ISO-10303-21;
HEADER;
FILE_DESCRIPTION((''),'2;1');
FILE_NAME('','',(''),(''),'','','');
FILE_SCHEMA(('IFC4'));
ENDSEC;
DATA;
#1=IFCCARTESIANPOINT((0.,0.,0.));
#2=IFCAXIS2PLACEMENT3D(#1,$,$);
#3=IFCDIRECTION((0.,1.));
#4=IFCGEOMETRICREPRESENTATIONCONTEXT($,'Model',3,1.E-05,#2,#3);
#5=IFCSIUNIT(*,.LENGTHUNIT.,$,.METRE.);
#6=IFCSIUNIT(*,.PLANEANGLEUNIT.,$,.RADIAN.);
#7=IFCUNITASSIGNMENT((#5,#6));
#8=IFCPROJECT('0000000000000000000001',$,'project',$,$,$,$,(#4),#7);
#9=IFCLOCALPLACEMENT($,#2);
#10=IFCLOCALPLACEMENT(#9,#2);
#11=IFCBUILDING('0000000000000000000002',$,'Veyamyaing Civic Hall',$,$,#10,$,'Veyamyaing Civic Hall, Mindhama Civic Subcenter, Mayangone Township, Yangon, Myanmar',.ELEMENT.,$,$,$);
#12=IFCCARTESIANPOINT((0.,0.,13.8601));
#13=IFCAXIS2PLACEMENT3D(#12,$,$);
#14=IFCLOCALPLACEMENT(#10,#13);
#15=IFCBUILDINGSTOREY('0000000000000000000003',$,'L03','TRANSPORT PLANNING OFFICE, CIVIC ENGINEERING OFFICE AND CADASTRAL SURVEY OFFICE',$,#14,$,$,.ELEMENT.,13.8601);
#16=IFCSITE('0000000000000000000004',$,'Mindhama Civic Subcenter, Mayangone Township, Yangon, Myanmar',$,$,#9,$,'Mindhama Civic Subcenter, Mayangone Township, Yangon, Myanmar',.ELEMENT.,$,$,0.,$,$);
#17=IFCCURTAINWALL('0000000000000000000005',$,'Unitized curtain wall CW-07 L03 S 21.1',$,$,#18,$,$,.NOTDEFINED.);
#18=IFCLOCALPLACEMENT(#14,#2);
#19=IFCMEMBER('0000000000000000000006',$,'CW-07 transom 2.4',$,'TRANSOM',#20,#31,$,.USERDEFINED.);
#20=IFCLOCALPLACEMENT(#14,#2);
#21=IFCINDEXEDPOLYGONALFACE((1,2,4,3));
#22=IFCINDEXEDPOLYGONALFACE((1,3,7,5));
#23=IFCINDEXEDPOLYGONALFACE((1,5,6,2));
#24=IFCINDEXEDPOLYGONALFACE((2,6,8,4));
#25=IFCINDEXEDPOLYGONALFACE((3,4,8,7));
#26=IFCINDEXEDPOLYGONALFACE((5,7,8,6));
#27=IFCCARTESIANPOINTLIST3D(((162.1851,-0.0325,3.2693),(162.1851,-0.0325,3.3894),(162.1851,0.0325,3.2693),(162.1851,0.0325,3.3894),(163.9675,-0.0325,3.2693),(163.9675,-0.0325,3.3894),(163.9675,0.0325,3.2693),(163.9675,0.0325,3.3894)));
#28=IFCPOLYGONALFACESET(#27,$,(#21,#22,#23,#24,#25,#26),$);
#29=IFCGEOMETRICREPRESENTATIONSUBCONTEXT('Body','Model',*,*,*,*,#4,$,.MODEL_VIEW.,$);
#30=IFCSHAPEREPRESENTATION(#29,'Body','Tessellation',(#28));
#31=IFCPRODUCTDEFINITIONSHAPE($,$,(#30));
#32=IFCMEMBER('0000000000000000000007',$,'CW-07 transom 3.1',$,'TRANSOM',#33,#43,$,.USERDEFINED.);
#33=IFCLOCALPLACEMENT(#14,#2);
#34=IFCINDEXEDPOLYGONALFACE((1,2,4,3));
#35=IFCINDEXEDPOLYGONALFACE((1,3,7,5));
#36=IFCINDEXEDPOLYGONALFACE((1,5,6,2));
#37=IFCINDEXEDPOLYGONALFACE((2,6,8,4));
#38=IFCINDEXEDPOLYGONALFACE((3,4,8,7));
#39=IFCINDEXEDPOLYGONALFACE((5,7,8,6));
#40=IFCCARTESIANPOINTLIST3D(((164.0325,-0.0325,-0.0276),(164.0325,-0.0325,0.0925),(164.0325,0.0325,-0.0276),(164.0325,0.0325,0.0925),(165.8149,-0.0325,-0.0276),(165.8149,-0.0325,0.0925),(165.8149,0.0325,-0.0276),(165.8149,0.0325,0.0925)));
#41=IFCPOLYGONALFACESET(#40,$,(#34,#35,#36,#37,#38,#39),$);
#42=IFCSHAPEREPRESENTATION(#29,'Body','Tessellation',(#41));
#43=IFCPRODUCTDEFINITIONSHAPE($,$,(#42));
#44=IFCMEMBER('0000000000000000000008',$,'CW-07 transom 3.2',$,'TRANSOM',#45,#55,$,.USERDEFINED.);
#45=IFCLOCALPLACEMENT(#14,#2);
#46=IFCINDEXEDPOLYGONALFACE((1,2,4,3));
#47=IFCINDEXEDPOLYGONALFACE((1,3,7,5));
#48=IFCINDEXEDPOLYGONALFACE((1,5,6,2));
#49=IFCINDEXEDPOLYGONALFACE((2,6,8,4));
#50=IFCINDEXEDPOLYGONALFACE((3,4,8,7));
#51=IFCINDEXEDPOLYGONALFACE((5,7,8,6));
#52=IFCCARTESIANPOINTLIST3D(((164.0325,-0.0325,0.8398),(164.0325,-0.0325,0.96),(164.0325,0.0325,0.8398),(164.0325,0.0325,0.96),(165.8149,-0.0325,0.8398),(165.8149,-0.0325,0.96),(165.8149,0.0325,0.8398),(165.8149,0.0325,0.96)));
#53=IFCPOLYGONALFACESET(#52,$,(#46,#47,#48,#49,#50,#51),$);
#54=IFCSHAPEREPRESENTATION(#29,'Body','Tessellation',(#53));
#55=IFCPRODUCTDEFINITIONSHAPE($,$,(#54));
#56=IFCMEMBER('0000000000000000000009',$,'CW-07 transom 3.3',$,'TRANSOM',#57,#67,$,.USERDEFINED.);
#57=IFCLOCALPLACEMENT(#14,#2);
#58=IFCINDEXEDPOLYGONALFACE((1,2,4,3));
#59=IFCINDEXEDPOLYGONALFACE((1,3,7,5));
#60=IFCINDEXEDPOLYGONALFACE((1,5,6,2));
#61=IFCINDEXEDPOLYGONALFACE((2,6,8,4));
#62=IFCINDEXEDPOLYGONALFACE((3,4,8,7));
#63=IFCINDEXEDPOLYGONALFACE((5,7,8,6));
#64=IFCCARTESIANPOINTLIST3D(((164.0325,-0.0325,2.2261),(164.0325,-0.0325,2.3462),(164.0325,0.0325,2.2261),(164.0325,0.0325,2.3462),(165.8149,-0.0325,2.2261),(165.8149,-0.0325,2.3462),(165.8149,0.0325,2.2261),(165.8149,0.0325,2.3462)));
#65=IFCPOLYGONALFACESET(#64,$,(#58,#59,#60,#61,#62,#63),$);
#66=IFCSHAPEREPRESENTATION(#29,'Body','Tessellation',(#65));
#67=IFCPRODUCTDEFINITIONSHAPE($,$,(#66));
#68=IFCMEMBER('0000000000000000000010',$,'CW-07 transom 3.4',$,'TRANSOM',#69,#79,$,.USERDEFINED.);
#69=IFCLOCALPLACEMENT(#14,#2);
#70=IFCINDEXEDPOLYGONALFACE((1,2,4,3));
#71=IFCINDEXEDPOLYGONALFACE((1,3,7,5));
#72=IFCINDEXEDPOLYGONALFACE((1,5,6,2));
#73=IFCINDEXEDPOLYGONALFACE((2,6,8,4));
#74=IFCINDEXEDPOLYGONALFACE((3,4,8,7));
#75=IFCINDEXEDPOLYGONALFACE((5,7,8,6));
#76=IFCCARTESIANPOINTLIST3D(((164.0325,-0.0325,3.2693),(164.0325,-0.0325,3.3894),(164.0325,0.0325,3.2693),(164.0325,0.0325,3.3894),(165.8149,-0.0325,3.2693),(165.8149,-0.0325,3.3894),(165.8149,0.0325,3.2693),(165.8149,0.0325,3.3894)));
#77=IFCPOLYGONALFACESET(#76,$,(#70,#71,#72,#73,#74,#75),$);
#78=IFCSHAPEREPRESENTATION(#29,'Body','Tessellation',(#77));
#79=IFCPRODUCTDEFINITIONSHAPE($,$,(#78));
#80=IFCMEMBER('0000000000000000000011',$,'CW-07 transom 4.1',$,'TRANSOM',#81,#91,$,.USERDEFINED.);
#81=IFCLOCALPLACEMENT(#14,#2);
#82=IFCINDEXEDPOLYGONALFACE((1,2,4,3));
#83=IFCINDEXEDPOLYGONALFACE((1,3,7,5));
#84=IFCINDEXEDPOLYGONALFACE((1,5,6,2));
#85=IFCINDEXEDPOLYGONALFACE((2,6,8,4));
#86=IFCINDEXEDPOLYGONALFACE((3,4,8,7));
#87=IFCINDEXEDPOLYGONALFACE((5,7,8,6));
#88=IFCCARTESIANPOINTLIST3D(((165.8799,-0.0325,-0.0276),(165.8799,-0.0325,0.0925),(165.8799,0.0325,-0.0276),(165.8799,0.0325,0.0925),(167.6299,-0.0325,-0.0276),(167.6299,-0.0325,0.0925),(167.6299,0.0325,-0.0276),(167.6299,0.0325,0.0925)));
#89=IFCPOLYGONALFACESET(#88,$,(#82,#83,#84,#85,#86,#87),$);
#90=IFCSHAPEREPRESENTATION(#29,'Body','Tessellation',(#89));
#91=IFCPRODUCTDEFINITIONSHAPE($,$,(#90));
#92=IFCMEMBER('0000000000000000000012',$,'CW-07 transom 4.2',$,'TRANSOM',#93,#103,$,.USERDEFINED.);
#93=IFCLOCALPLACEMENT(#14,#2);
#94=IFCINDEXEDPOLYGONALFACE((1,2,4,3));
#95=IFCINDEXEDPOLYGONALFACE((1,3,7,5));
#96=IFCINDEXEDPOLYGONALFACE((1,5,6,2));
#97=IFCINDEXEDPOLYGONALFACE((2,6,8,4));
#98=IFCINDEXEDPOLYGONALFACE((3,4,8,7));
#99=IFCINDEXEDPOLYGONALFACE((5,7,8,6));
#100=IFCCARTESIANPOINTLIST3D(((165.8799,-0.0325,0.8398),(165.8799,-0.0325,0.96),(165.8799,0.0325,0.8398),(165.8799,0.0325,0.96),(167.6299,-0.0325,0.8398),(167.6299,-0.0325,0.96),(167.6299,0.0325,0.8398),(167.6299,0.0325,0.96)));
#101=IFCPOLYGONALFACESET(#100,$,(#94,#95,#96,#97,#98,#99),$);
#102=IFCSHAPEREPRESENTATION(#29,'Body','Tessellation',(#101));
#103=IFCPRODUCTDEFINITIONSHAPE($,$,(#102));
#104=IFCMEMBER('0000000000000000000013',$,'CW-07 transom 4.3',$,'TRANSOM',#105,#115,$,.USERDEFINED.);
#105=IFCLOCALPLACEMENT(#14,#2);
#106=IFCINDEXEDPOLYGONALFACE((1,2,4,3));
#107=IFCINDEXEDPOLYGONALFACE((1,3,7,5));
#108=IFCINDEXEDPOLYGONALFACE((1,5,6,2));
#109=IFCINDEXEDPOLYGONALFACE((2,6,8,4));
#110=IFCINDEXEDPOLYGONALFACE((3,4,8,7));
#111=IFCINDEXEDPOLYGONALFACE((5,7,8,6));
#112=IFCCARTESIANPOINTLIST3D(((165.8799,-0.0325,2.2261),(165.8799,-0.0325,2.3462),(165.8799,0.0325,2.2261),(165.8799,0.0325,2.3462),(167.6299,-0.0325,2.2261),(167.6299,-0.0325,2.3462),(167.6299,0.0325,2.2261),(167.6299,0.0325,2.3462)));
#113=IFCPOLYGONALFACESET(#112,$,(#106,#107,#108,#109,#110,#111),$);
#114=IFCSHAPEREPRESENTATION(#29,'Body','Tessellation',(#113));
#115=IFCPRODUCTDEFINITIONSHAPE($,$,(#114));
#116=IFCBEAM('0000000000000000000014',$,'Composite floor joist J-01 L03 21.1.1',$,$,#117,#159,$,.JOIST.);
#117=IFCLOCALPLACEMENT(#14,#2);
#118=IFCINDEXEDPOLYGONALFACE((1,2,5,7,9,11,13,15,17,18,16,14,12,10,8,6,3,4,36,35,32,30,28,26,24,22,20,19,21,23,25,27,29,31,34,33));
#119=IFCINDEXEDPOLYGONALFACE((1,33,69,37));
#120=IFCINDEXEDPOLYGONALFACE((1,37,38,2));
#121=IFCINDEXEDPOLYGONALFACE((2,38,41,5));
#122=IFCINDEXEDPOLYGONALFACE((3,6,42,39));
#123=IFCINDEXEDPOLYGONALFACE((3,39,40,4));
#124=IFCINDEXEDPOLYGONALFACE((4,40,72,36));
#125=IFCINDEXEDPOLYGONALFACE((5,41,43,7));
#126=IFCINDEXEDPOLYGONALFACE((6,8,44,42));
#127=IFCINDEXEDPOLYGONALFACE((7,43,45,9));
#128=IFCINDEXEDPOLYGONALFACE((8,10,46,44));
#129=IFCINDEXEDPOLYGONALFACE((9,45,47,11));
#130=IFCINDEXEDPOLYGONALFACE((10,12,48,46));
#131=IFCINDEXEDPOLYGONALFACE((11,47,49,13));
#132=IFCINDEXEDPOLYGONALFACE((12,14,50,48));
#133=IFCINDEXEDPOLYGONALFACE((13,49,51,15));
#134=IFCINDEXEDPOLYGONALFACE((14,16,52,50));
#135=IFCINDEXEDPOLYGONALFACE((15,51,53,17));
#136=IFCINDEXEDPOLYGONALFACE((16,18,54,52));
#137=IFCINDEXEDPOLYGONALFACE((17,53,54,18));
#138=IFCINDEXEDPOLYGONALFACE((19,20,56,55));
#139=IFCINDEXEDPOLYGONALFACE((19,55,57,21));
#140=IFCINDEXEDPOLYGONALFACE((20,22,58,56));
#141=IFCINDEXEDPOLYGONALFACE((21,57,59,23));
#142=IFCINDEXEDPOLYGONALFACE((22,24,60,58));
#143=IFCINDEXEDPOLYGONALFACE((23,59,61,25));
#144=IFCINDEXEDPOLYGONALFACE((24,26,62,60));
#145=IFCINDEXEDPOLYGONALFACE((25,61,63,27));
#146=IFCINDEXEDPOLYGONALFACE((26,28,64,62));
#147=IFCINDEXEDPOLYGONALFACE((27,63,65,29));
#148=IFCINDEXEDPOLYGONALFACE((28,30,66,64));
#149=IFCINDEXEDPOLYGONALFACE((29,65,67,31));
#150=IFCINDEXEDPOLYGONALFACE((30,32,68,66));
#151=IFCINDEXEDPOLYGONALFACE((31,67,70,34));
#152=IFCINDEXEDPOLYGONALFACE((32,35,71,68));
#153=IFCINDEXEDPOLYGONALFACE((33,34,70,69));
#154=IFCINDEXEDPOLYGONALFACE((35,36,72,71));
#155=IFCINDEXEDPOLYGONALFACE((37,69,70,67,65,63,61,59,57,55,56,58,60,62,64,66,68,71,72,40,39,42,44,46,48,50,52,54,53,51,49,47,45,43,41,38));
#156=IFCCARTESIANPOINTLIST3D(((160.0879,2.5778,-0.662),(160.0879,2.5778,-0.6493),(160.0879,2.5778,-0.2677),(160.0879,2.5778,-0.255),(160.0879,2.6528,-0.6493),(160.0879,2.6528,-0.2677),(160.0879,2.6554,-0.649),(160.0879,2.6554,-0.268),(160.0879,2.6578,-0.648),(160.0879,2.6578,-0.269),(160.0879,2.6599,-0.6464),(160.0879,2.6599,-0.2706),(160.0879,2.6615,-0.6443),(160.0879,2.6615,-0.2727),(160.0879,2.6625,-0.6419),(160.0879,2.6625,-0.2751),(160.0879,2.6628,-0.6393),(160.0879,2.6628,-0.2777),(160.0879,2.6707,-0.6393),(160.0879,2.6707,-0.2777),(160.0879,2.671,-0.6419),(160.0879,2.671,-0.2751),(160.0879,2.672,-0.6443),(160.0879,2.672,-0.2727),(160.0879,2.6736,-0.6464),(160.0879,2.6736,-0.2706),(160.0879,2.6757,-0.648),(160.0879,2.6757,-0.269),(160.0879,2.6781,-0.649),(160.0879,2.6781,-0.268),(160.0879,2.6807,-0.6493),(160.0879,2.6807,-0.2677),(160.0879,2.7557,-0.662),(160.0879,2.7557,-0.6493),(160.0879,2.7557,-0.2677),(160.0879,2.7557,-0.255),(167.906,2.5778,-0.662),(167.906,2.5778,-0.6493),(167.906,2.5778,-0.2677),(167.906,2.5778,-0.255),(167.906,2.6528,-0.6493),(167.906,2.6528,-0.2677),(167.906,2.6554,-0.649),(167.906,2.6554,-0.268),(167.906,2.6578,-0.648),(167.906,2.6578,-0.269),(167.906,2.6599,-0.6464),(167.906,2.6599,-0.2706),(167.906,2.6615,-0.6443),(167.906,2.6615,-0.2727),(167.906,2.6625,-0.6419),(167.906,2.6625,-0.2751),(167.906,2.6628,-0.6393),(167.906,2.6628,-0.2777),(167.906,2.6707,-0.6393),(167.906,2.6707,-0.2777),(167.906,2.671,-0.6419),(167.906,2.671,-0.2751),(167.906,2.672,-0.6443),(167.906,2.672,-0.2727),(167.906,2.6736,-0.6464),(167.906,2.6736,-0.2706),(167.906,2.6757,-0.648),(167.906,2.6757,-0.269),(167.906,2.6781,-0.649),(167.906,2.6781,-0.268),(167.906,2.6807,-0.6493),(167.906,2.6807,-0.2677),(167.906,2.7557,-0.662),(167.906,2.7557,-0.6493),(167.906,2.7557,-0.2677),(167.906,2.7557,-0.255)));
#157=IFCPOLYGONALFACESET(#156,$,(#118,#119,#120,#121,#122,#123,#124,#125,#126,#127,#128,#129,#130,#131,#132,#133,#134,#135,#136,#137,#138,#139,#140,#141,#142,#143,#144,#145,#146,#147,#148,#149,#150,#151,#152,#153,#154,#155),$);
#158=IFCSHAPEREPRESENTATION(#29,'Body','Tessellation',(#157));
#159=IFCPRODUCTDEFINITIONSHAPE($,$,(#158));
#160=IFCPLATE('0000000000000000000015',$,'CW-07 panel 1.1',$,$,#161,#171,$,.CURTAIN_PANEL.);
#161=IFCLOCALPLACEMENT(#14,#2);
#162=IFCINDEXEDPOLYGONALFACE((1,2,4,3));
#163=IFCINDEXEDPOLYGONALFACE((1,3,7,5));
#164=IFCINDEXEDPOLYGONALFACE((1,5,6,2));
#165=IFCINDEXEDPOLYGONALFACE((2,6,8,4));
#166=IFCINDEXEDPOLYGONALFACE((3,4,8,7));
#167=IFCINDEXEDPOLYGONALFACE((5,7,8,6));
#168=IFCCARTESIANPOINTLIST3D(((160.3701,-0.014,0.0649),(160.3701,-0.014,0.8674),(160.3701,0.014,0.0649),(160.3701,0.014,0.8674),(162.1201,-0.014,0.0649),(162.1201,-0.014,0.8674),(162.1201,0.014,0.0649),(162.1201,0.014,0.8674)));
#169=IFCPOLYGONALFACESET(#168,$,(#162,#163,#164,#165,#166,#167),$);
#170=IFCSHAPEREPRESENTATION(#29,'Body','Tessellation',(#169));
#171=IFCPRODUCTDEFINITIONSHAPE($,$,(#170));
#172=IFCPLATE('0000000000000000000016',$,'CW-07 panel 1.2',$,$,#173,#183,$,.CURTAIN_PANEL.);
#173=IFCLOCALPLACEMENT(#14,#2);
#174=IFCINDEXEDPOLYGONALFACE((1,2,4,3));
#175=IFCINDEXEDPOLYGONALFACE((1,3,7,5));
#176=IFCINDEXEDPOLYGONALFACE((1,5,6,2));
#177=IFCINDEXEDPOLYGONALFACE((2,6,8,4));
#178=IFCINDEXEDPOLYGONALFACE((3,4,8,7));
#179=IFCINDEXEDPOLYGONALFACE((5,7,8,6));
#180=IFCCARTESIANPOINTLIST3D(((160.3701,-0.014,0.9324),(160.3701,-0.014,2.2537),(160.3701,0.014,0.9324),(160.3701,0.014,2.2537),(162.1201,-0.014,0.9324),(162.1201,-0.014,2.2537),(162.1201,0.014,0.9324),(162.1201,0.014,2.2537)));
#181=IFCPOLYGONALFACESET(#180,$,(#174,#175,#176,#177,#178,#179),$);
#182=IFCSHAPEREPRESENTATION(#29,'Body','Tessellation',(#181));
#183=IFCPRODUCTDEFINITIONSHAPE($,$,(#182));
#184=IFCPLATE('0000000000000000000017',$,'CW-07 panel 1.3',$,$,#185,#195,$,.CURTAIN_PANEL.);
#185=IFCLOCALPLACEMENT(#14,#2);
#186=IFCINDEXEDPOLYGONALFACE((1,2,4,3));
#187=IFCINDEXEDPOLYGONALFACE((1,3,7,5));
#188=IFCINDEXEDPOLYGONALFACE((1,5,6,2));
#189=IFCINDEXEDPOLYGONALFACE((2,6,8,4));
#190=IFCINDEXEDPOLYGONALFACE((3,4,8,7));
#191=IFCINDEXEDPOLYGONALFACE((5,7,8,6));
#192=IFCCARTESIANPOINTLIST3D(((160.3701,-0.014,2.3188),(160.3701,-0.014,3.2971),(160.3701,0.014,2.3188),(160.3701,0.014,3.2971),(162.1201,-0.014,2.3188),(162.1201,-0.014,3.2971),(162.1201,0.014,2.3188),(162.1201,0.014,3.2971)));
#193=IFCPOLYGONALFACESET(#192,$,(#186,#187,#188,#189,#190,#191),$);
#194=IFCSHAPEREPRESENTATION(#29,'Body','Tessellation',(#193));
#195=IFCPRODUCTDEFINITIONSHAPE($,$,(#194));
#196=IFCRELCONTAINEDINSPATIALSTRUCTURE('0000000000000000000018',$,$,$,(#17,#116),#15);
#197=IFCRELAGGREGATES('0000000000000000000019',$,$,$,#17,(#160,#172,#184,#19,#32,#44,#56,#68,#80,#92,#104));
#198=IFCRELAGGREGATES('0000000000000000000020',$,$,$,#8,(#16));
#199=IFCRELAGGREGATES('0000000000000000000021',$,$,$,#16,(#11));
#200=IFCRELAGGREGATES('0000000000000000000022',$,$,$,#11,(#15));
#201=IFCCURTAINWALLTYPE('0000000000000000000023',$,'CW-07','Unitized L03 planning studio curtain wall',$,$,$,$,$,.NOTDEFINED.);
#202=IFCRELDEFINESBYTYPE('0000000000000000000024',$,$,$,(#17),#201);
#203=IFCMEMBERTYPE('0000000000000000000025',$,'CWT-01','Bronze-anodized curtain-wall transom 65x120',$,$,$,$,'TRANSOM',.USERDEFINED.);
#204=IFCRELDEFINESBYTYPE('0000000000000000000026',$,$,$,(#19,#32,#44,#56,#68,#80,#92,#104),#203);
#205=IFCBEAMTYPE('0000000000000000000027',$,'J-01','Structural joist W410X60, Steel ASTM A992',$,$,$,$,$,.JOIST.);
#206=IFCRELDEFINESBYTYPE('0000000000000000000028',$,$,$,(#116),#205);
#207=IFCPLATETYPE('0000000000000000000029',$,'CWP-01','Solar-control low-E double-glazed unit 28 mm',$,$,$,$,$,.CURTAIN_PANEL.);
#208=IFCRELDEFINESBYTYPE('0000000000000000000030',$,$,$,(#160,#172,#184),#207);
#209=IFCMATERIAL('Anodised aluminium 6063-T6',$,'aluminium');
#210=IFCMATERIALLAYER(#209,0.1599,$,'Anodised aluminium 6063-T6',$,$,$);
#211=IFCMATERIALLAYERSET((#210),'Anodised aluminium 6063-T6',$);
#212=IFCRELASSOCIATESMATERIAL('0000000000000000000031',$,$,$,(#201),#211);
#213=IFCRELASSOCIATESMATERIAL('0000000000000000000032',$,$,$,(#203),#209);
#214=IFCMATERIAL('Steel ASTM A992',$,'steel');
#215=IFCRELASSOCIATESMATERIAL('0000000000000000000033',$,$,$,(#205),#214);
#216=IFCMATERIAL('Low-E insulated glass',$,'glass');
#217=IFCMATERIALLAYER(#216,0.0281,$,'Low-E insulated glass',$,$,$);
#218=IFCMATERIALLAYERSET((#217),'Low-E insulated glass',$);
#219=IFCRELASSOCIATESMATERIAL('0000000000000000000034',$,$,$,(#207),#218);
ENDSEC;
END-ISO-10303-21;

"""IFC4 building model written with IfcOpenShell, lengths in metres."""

from ifc_helpers import new_model, si_unit, direction, frame, origin, origin_2d, place, context, subcontext, project, spatial, rectangle, i_section, extrude, material, layer, layer_set, material_profile, profile_set, type_object, element, aggregate, save


model = new_model("IFC4")

# Units and contexts
model_context = context("Model", 3, precision=1e-05, world=origin(), true_north=direction((0.0, 1.0)))
body_context = subcontext(model_context, "Body", "Model", "MODEL_VIEW")
ifc_project = project(units=[si_unit("LENGTHUNIT", "METRE"), si_unit("PLANEANGLEUNIT", "RADIAN")], contexts=[model_context])

# Site, building, storey
site_placement = place(None, origin())
site = spatial("IfcSite", under=ifc_project, at=site_placement, Name="Mindhama Civic Subcenter, Mayangone Township, Yangon, Myanmar", LongName="Mindhama Civic Subcenter, Mayangone Township, Yangon, Myanmar", CompositionType="ELEMENT", RefElevation=0.0)
building_placement = place(site_placement, origin())
building = spatial("IfcBuilding", under=site, at=building_placement, Name="Veyamyaing Civic Hall", LongName="Veyamyaing Civic Hall, Mindhama Civic Subcenter, Mayangone Township, Yangon, Myanmar", CompositionType="ELEMENT")
storey_placement = place(building_placement, frame((0.0, 0.0, 13.8601)))
storey = spatial("IfcBuildingStorey", under=building, at=storey_placement, Name="L03", Description="TRANSPORT PLANNING OFFICE, CIVIC ENGINEERING OFFICE AND CADASTRAL SURVEY OFFICE", CompositionType="ELEMENT", Elevation=13.8601)

# Shared definitions
ifc_material_1 = material(Name="Steel ASTM A992", Category="steel")

# Curtain wall, members
ifc_material_2 = material(Name="Anodised aluminium 6063-T6", Category="aluminium")
ifc_layer_1 = layer(ifc_material_2, 0.1599, Name="Anodised aluminium 6063-T6")
ifc_layer_set_1 = layer_set([ifc_layer_1], Name="Anodised aluminium 6063-T6")
curtain_wall_type = type_object("IfcCurtainWallType", Name="CW-07", Description="Unitized L03 planning studio curtain wall", PredefinedType="NOTDEFINED", material=ifc_layer_set_1)
curtain_wall_1_placement = place(storey_placement, origin())
curtain_wall_1 = element("IfcCurtainWall", 1, at=curtain_wall_1_placement, inside=storey, type_object=curtain_wall_type, Name="Unitized curtain wall CW-07 L03 S 21.1", PredefinedType="NOTDEFINED")
ifc_material_profile_1 = material_profile(ifc_material_2, rectangle(XDim=0.0649, YDim=0.1201, at=origin_2d()), Name="ALU-TRN-65X120")
ifc_profile_set_1 = profile_set([ifc_material_profile_1], Name="Anodised aluminium 6063-T6")
member_type_1 = type_object("IfcMemberType", Name="CWT-01", Description="Bronze-anodized curtain-wall transom 65x120", ElementType="TRANSOM", PredefinedType="USERDEFINED", material=ifc_profile_set_1)
member_1_placement = place(storey_placement, frame((162.1851, 0.0, 3.3293), z_axis=(1.0, 0.0, 0.0), x_axis=(0.0, 1.0, 0.0)))
member_1 = element("IfcMember", 2, at=member_1_placement, type_object=member_type_1, Name="CW-07 transom 2.4", ObjectType="TRANSOM", PredefinedType="USERDEFINED", context=body_context, shape_type="SweptSolid", body=[
    extrude(rectangle(XDim=0.0649, YDim=0.1201, at=origin_2d()), origin(), (0.0, 0.0, 1.0), 1.7825),
])
member_2_placement = place(storey_placement, frame((164.0325, 0.0, 0.0325), z_axis=(1.0, 0.0, 0.0), x_axis=(0.0, 1.0, 0.0)))
member_2 = element("IfcMember", 3, at=member_2_placement, type_object=member_type_1, Name="CW-07 transom 3.1", ObjectType="TRANSOM", PredefinedType="USERDEFINED", context=body_context, shape_type="SweptSolid", body=[
    extrude(rectangle(XDim=0.0649, YDim=0.1201, at=origin_2d()), origin(), (0.0, 0.0, 1.0), 1.7825),
])
member_3_placement = place(storey_placement, frame((164.0325, 0.0, 0.8999), z_axis=(1.0, 0.0, 0.0), x_axis=(0.0, 1.0, 0.0)))
member_3 = element("IfcMember", 4, at=member_3_placement, type_object=member_type_1, Name="CW-07 transom 3.2", ObjectType="TRANSOM", PredefinedType="USERDEFINED", context=body_context, shape_type="SweptSolid", body=[
    extrude(rectangle(XDim=0.0649, YDim=0.1201, at=origin_2d()), origin(), (0.0, 0.0, 1.0), 1.7825),
])
member_4_placement = place(storey_placement, frame((164.0325, 0.0, 2.2861), z_axis=(1.0, 0.0, 0.0), x_axis=(0.0, 1.0, 0.0)))
member_4 = element("IfcMember", 5, at=member_4_placement, type_object=member_type_1, Name="CW-07 transom 3.3", ObjectType="TRANSOM", PredefinedType="USERDEFINED", context=body_context, shape_type="SweptSolid", body=[
    extrude(rectangle(XDim=0.0649, YDim=0.1201, at=origin_2d()), origin(), (0.0, 0.0, 1.0), 1.7825),
])
member_5_placement = place(storey_placement, frame((164.0325, 0.0, 3.3293), z_axis=(1.0, 0.0, 0.0), x_axis=(0.0, 1.0, 0.0)))
member_5 = element("IfcMember", 6, at=member_5_placement, type_object=member_type_1, Name="CW-07 transom 3.4", ObjectType="TRANSOM", PredefinedType="USERDEFINED", context=body_context, shape_type="SweptSolid", body=[
    extrude(rectangle(XDim=0.0649, YDim=0.1201, at=origin_2d()), origin(), (0.0, 0.0, 1.0), 1.7825),
])
member_6_placement = place(storey_placement, frame((165.8799, 0.0, 0.0325), z_axis=(1.0, 0.0, 0.0), x_axis=(0.0, 1.0, 0.0)))
member_6 = element("IfcMember", 7, at=member_6_placement, type_object=member_type_1, Name="CW-07 transom 4.1", ObjectType="TRANSOM", PredefinedType="USERDEFINED", context=body_context, shape_type="SweptSolid", body=[
    extrude(rectangle(XDim=0.0649, YDim=0.1201, at=origin_2d()), origin(), (0.0, 0.0, 1.0), 1.75),
])
member_7_placement = place(storey_placement, frame((165.8799, 0.0, 0.8999), z_axis=(1.0, 0.0, 0.0), x_axis=(0.0, 1.0, 0.0)))
member_7 = element("IfcMember", 8, at=member_7_placement, type_object=member_type_1, Name="CW-07 transom 4.2", ObjectType="TRANSOM", PredefinedType="USERDEFINED", context=body_context, shape_type="SweptSolid", body=[
    extrude(rectangle(XDim=0.0649, YDim=0.1201, at=origin_2d()), origin(), (0.0, 0.0, 1.0), 1.75),
])
member_8_placement = place(storey_placement, frame((165.8799, 0.0, 2.2861), z_axis=(1.0, 0.0, 0.0), x_axis=(0.0, 1.0, 0.0)))
member_8 = element("IfcMember", 9, at=member_8_placement, type_object=member_type_1, Name="CW-07 transom 4.3", ObjectType="TRANSOM", PredefinedType="USERDEFINED", context=body_context, shape_type="SweptSolid", body=[
    extrude(rectangle(XDim=0.0649, YDim=0.1201, at=origin_2d()), origin(), (0.0, 0.0, 1.0), 1.75),
])

# Beam
ifc_material_profile_2 = material_profile(ifc_material_1, i_section(OverallWidth=0.178, OverallDepth=0.407, WebThickness=0.0078, FlangeThickness=0.0127, FilletRadius=0.01, at=origin_2d()), Name="W410X60")
ifc_profile_set_2 = profile_set([ifc_material_profile_2], Name="Steel ASTM A992")
beam_type_1 = type_object("IfcBeamType", Name="J-01", Description="Structural joist W410X60, Steel ASTM A992", PredefinedType="JOIST", material=ifc_profile_set_2)
beam_1_placement = place(storey_placement, frame((160.0879, 2.6667, -0.4585), z_axis=(1.0, 0.0, 0.0), x_axis=(0.0, 1.0, 0.0)))
element("IfcBeam", 10, at=beam_1_placement, inside=storey, type_object=beam_type_1, Name="Composite floor joist J-01 L03 21.1.1", PredefinedType="JOIST", context=body_context, shape_type="SweptSolid", body=[
    extrude(i_section(OverallWidth=0.178, OverallDepth=0.407, WebThickness=0.0078, FlangeThickness=0.0127, FilletRadius=0.01, at=origin_2d()), origin(), (0.0, 0.0, 1.0), 7.8181),
])

# Plates
ifc_material_3 = material(Name="Low-E insulated glass", Category="glass")
ifc_layer_2 = layer(ifc_material_3, 0.0281, Name="Low-E insulated glass")
ifc_layer_set_2 = layer_set([ifc_layer_2], Name="Low-E insulated glass")
plate_type = type_object("IfcPlateType", Name="CWP-01", Description="Solar-control low-E double-glazed unit 28 mm", PredefinedType="CURTAIN_PANEL", material=ifc_layer_set_2)
plate_1_placement = place(storey_placement, frame((161.2451, 0.0, 0.0649), z_axis=(0.0, 0.0, 1.0), x_axis=(1.0, 0.0, 0.0)))
plate_1 = element("IfcPlate", 11, at=plate_1_placement, type_object=plate_type, Name="CW-07 panel 1.1", PredefinedType="CURTAIN_PANEL", context=body_context, shape_type="SweptSolid", body=[
    extrude(rectangle(XDim=1.75, YDim=0.0281, at=origin_2d()), origin(), (0.0, 0.0, 1.0), 0.8025),
])
plate_2_placement = place(storey_placement, frame((161.2451, 0.0, 0.9324), z_axis=(0.0, 0.0, 1.0), x_axis=(1.0, 0.0, 0.0)))
plate_2 = element("IfcPlate", 12, at=plate_2_placement, type_object=plate_type, Name="CW-07 panel 1.2", PredefinedType="CURTAIN_PANEL", context=body_context, shape_type="SweptSolid", body=[
    extrude(rectangle(XDim=1.75, YDim=0.0281, at=origin_2d()), origin(), (0.0, 0.0, 1.0), 1.3213),
])
plate_3_placement = place(storey_placement, frame((161.2451, 0.0, 2.3188), z_axis=(0.0, 0.0, 1.0), x_axis=(1.0, 0.0, 0.0)))
plate_3 = element("IfcPlate", 13, at=plate_3_placement, type_object=plate_type, Name="CW-07 panel 1.3", PredefinedType="CURTAIN_PANEL", context=body_context, shape_type="SweptSolid", body=[
    extrude(rectangle(XDim=1.75, YDim=0.0281, at=origin_2d()), origin(), (0.0, 0.0, 1.0), 0.9783),
])
aggregate(curtain_wall_1, [plate_1, plate_2, plate_3, member_1, member_2, member_3, member_4, member_5, member_6, member_7, member_8])

save(model, "model.ifc")
